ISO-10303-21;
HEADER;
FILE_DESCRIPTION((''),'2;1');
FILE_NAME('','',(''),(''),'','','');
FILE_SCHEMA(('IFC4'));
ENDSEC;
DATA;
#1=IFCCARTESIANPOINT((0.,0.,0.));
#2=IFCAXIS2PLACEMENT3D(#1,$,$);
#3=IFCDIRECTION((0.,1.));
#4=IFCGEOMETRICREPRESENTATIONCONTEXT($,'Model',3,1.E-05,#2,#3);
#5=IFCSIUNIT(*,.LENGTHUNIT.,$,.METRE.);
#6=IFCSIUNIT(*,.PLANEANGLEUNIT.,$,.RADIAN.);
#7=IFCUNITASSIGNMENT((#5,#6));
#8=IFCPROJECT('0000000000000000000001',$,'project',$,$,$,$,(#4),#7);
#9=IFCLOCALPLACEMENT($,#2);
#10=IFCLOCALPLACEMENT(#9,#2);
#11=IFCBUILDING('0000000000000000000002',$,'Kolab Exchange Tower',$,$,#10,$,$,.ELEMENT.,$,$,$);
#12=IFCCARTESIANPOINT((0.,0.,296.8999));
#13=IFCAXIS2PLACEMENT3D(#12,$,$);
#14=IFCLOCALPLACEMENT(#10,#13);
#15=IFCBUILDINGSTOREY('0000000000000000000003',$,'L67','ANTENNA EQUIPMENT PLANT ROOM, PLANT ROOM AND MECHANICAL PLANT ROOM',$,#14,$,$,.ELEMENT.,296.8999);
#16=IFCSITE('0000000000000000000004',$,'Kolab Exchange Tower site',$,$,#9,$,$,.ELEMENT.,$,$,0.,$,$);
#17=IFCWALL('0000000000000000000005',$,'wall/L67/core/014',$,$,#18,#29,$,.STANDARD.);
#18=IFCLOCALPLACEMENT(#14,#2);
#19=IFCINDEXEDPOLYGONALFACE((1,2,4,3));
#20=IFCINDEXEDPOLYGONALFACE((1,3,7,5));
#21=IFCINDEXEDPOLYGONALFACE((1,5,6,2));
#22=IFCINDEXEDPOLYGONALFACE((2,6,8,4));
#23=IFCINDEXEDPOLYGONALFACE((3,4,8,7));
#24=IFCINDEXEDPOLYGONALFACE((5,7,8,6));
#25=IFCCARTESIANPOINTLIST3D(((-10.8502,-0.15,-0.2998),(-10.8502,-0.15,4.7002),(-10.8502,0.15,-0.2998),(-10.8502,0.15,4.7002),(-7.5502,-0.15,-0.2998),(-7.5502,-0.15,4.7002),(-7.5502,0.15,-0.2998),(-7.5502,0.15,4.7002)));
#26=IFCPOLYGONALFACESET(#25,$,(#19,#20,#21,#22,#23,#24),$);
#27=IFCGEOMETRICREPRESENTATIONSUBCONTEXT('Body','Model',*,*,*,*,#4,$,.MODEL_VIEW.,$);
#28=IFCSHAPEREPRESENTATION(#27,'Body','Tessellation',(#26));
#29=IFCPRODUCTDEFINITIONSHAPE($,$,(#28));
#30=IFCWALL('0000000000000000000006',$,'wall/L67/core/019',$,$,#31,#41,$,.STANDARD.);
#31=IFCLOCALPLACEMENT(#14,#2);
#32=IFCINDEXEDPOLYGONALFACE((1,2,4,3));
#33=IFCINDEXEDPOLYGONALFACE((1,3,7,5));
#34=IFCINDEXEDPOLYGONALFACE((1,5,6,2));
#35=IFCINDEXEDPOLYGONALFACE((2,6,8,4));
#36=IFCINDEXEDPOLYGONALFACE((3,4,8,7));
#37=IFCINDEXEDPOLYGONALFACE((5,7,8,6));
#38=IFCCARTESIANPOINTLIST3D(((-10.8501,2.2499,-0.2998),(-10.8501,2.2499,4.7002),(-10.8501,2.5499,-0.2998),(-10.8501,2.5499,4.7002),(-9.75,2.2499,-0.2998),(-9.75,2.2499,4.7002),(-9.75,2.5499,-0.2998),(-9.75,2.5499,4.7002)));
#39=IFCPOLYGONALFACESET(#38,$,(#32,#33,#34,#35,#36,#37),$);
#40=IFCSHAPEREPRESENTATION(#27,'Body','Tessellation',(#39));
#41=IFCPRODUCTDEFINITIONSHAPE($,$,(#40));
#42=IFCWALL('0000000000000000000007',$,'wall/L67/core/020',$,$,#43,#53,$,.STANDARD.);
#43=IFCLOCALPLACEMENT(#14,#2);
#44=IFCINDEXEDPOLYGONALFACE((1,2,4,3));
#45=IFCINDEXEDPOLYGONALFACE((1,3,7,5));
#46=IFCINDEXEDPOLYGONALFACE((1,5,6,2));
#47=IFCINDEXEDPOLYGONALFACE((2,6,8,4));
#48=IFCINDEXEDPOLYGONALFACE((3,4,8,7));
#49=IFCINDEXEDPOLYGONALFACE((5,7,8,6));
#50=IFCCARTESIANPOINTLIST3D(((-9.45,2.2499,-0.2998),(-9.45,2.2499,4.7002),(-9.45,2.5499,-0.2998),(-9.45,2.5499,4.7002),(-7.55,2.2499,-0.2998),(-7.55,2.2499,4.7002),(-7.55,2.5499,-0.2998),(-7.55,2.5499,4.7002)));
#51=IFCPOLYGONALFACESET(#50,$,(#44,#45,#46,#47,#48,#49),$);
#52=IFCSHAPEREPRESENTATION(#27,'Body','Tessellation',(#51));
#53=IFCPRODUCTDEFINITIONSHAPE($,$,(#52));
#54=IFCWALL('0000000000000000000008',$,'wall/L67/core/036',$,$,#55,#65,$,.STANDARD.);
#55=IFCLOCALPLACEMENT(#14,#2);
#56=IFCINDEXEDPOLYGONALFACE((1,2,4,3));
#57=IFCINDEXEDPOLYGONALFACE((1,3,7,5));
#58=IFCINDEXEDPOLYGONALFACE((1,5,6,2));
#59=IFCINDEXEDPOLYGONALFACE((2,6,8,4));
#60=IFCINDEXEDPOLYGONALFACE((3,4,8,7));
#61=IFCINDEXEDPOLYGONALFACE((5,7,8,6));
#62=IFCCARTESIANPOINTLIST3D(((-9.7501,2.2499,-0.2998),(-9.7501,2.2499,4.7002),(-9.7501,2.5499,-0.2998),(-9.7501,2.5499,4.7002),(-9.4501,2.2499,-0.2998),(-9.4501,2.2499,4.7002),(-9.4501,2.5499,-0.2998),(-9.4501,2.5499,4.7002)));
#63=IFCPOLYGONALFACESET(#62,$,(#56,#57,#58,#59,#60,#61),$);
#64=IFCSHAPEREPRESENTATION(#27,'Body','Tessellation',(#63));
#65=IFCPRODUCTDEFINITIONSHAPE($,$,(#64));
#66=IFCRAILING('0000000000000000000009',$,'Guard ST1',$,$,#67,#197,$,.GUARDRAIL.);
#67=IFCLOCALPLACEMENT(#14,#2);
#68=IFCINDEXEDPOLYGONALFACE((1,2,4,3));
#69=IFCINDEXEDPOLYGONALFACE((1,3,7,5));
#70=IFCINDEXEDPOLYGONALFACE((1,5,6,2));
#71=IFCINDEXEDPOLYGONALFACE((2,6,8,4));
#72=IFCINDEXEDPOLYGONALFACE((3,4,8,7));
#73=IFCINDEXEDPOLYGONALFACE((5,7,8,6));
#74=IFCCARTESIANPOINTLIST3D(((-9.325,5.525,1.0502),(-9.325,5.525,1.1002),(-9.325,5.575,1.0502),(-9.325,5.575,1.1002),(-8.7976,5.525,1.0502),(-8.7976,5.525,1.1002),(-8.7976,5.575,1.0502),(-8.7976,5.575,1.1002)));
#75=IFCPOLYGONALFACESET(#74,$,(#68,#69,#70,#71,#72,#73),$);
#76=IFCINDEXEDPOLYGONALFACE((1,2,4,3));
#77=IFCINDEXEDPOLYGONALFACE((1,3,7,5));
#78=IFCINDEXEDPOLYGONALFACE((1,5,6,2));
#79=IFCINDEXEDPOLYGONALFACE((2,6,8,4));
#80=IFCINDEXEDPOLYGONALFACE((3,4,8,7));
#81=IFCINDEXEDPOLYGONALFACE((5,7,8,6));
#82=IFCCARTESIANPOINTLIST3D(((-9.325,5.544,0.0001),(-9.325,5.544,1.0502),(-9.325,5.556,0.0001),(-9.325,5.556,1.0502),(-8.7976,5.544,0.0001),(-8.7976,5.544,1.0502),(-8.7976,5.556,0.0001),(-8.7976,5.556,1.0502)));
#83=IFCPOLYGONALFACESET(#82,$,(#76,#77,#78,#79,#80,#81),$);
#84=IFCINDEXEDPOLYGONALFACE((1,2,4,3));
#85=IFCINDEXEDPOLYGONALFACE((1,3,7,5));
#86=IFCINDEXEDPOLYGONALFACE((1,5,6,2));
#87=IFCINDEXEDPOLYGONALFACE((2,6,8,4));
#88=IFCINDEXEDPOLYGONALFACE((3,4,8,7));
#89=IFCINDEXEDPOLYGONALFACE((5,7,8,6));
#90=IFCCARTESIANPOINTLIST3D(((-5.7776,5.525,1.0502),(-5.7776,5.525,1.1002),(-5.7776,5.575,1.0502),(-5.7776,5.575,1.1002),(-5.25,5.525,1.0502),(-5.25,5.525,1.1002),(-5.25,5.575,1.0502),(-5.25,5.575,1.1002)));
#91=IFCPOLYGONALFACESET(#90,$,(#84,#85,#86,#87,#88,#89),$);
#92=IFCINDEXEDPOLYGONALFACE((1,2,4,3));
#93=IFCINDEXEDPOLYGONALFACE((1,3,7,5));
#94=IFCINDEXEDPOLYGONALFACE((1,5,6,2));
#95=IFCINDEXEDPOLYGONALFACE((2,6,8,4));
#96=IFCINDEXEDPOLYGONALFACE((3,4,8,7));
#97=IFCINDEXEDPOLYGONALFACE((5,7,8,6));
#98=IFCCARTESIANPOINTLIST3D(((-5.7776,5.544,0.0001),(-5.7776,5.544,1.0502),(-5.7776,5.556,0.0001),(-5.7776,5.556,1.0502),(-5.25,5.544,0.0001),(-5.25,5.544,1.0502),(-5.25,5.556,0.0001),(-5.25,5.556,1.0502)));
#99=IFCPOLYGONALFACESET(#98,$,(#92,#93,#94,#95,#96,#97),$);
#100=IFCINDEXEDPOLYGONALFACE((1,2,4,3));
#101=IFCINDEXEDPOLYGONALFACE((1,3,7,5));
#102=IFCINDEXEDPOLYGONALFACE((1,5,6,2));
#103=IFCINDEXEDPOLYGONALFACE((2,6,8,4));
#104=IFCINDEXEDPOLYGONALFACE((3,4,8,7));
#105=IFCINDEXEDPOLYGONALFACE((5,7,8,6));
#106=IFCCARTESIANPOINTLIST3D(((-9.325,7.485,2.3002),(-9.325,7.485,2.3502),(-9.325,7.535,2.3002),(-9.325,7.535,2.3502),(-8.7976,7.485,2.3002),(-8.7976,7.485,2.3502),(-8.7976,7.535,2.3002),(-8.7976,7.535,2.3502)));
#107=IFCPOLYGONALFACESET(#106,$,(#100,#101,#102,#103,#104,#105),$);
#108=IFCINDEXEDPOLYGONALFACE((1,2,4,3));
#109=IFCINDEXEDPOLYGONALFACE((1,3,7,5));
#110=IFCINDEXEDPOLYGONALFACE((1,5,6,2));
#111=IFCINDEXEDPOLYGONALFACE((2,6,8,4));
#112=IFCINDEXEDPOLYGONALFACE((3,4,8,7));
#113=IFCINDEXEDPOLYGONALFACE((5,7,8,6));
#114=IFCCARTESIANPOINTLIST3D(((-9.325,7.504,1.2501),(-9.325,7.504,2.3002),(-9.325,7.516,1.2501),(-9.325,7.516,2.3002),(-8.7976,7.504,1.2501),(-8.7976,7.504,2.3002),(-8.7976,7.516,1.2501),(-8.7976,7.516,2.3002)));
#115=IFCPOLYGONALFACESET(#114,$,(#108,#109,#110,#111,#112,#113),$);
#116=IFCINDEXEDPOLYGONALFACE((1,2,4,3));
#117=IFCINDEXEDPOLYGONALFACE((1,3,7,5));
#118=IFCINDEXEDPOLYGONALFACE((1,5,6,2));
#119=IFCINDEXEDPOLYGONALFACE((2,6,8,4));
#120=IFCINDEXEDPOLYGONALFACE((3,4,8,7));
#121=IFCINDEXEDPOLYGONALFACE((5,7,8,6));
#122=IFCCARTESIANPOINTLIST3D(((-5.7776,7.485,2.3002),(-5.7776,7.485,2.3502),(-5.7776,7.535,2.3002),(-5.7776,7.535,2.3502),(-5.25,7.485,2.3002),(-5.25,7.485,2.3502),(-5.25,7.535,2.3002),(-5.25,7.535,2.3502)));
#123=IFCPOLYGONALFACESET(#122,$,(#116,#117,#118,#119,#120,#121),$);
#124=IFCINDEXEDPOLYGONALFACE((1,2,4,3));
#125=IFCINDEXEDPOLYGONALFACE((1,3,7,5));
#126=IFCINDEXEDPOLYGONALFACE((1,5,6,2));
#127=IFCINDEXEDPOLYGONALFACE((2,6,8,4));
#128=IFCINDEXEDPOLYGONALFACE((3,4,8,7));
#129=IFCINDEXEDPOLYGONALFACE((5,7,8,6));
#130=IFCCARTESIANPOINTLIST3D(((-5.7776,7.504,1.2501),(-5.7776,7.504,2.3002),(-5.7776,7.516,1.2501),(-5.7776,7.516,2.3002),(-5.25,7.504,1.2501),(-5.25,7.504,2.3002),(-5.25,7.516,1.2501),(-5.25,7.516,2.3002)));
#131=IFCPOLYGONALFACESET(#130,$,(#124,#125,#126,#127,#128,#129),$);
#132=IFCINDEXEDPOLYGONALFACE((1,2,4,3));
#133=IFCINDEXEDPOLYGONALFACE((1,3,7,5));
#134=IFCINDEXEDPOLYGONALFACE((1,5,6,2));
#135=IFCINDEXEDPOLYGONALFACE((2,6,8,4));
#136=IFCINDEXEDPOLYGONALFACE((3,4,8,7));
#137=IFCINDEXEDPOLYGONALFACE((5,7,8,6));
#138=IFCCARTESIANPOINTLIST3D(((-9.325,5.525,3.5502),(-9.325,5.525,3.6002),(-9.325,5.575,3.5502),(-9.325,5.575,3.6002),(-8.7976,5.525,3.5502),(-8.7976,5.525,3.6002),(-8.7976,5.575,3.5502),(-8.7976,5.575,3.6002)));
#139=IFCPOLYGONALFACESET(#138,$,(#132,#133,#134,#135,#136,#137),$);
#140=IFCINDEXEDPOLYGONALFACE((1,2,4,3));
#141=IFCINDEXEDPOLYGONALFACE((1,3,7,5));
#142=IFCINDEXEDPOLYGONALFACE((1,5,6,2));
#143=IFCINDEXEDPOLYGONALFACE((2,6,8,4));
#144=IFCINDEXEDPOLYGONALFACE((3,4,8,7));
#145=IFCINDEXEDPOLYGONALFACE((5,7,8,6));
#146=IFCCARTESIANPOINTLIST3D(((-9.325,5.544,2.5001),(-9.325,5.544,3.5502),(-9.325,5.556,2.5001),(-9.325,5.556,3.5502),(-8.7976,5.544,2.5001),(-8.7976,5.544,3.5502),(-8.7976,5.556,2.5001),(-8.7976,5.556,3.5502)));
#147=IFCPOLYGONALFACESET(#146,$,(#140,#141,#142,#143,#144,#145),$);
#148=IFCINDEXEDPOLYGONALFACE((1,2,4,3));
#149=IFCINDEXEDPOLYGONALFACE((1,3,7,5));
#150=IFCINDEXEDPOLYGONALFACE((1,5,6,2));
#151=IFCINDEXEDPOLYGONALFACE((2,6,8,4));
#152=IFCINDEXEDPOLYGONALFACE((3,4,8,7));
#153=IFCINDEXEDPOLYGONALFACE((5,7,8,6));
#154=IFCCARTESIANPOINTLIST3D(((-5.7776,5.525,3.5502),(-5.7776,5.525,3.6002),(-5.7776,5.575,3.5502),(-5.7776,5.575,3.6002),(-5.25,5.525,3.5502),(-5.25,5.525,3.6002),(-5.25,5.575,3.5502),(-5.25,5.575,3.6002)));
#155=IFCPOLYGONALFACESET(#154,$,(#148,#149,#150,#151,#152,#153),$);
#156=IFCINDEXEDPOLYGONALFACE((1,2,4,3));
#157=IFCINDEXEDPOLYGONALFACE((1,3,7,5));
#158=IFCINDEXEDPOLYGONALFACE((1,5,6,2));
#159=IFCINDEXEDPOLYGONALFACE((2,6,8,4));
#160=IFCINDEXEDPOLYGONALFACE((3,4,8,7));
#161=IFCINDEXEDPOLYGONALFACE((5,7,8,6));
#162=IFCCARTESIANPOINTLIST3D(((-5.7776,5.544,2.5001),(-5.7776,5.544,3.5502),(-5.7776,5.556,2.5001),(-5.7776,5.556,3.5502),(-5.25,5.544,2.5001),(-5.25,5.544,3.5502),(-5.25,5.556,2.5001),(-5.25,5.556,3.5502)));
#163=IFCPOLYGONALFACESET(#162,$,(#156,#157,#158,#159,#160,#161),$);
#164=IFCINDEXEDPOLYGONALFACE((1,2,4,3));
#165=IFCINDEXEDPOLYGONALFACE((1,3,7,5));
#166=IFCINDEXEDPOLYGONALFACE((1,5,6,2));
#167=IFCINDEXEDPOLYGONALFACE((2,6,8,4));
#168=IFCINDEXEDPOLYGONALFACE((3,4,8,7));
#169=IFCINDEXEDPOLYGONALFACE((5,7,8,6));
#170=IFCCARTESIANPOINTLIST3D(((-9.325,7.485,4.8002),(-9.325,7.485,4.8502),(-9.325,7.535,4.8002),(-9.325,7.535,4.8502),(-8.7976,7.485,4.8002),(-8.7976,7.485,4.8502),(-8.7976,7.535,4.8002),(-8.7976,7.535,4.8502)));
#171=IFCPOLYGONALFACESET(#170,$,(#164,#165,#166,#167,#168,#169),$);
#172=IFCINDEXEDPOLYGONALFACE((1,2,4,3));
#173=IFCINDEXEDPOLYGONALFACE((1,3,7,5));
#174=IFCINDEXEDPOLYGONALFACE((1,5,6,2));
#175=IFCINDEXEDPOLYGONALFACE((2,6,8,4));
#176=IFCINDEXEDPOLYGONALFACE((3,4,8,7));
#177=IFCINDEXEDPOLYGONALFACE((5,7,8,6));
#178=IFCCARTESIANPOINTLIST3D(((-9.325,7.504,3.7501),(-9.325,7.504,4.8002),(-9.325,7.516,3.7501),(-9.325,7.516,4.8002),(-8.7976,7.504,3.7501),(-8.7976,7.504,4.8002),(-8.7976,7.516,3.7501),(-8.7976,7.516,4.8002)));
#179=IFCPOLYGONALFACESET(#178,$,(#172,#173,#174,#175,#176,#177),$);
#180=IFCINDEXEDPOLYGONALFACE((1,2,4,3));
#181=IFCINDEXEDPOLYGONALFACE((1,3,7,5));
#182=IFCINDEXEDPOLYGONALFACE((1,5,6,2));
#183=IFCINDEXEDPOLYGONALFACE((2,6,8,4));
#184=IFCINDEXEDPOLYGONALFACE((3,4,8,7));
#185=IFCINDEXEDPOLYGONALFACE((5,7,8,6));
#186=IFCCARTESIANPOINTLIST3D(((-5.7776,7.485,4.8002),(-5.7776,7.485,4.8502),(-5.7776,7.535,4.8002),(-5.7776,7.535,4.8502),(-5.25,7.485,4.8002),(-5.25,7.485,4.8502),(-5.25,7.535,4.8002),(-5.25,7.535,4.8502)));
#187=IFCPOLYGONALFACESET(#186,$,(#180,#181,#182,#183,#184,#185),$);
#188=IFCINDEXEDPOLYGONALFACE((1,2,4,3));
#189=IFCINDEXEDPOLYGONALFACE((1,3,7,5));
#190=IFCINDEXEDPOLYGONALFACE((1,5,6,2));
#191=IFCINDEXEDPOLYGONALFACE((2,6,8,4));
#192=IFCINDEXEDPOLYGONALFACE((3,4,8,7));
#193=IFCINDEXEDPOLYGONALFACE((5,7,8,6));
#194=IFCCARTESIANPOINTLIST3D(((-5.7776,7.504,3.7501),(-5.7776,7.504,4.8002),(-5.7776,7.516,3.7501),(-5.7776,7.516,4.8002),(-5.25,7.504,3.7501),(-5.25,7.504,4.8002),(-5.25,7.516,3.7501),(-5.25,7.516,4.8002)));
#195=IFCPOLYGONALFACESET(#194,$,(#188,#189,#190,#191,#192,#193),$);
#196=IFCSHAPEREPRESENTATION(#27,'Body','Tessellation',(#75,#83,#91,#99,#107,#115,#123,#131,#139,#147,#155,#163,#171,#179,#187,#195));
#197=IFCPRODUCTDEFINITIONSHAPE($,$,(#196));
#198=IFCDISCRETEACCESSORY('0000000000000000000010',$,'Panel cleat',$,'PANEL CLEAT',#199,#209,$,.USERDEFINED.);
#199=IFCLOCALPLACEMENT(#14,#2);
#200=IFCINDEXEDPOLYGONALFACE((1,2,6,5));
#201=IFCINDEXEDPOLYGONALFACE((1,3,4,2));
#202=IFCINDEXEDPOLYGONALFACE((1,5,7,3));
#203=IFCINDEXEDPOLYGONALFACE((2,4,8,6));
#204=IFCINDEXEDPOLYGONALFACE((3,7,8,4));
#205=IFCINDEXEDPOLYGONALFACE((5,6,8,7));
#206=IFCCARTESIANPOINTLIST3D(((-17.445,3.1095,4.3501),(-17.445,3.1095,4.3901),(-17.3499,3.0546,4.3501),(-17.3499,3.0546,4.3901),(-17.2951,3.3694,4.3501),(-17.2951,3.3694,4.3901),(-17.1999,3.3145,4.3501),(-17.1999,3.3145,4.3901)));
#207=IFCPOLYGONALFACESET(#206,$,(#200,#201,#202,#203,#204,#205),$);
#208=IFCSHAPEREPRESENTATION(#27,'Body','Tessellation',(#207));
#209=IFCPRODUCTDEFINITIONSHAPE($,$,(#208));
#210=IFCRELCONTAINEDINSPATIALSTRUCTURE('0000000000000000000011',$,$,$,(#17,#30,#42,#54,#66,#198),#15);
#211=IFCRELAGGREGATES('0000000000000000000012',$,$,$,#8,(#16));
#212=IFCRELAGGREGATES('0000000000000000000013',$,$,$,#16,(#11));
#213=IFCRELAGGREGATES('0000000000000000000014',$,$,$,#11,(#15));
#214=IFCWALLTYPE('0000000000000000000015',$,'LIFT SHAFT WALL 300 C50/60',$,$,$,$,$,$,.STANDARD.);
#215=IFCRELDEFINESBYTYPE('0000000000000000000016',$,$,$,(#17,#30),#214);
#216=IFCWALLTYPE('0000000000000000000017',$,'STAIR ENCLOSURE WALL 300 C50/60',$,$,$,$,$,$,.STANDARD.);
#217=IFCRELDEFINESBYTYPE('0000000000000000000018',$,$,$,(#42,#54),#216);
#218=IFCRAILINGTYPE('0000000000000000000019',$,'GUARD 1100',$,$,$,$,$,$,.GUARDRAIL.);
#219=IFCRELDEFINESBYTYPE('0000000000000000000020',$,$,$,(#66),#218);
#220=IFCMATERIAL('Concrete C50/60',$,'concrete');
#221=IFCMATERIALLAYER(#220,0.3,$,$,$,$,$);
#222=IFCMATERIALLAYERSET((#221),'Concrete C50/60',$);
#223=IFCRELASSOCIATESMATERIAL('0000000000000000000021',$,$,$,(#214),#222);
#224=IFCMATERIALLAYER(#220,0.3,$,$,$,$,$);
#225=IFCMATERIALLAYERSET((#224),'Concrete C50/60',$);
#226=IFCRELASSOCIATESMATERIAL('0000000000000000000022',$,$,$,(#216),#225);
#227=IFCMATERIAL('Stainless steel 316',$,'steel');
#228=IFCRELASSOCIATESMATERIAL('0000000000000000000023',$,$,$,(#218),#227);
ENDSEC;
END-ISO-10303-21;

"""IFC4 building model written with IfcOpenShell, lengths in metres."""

from ifc_helpers import new_model, si_unit, direction, frame, frame_2d, origin, origin_2d, place, context, subcontext, project, spatial, rectangle, extrude, material, layer, layer_set, type_object, element, save


model = new_model("IFC4")

# Units and contexts
model_context = context("Model", 3, precision=1e-05, world=origin(), true_north=direction((0.0, 1.0)))
body_context = subcontext(model_context, "Body", "Model", "MODEL_VIEW")
ifc_project = project(units=[si_unit("LENGTHUNIT", "METRE"), si_unit("PLANEANGLEUNIT", "RADIAN")], contexts=[model_context])

# Site, building, storey
site_placement = place(None, origin())
site = spatial("IfcSite", under=ifc_project, at=site_placement, Name="Kolab Exchange Tower site", CompositionType="ELEMENT", RefElevation=0.0)
building_placement = place(site_placement, origin())
building = spatial("IfcBuilding", under=site, at=building_placement, Name="Kolab Exchange Tower", CompositionType="ELEMENT")
storey_placement = place(building_placement, frame((0.0, 0.0, 296.8999)))
storey = spatial("IfcBuildingStorey", under=building, at=storey_placement, Name="L67", Description="ANTENNA EQUIPMENT PLANT ROOM, PLANT ROOM AND MECHANICAL PLANT ROOM", CompositionType="ELEMENT", Elevation=296.8999)

# Shared definitions
ifc_material_1 = material(Name="Concrete C50/60", Category="concrete")

# Walls
ifc_layer_1 = layer(ifc_material_1, 0.3)
ifc_layer_set_1 = layer_set([ifc_layer_1], Name="Concrete C50/60")
wall_type_1 = type_object("IfcWallType", Name="LIFT SHAFT WALL 300 C50/60", PredefinedType="STANDARD", material=ifc_layer_set_1)
wall_1_placement = place(storey_placement, frame((-10.8501, 0.0, -0.2998), z_axis=(0.0, 0.0, 1.0), x_axis=(1.0, 0.0, 0.0)))
element("IfcWall", 1, at=wall_1_placement, inside=storey, type_object=wall_type_1, Name="wall/L67/core/014", PredefinedType="STANDARD", context=body_context, shape_type="SweptSolid", body=[
    extrude(rectangle(XDim=3.3, YDim=0.3, at=frame_2d((1.6499, 0.0))), origin(), (0.0, 0.0, 1.0), 5.0),
])
wall_2_placement = place(storey_placement, frame((-10.8501, 2.3999, -0.2998), z_axis=(0.0, 0.0, 1.0), x_axis=(1.0, 0.0, 0.0)))
element("IfcWall", 2, at=wall_2_placement, inside=storey, type_object=wall_type_1, Name="wall/L67/core/019", PredefinedType="STANDARD", context=body_context, shape_type="SweptSolid", body=[
    extrude(rectangle(XDim=1.1001, YDim=0.3, at=frame_2d((0.55, 0.0))), origin(), (0.0, 0.0, 1.0), 5.0),
])
ifc_layer_2 = layer(ifc_material_1, 0.3)
ifc_layer_set_2 = layer_set([ifc_layer_2], Name="Concrete C50/60")
wall_type_2 = type_object("IfcWallType", Name="STAIR ENCLOSURE WALL 300 C50/60", PredefinedType="STANDARD", material=ifc_layer_set_2)
wall_3_placement = place(storey_placement, frame((-9.45, 2.3999, -0.2998), z_axis=(0.0, 0.0, 1.0), x_axis=(1.0, 0.0, 0.0)))
element("IfcWall", 3, at=wall_3_placement, inside=storey, type_object=wall_type_2, Name="wall/L67/core/020", PredefinedType="STANDARD", context=body_context, shape_type="SweptSolid", body=[
    extrude(rectangle(XDim=1.8999, YDim=0.3, at=frame_2d((0.95, 0.0))), origin(), (0.0, 0.0, 1.0), 5.0),
])
wall_4_placement = place(storey_placement, frame((-9.6001, 2.25, -0.2998), z_axis=(0.0, 0.0, 1.0), x_axis=(0.0, 1.0, 0.0)))
element("IfcWall", 4, at=wall_4_placement, inside=storey, type_object=wall_type_2, Name="wall/L67/core/036", PredefinedType="STANDARD", context=body_context, shape_type="SweptSolid", body=[
    extrude(rectangle(XDim=0.3, YDim=0.3, at=frame_2d((0.1499, 0.0))), origin(), (0.0, 0.0, 1.0), 5.0),
])

# Railing
ifc_material_2 = material(Name="Stainless steel 316", Category="steel")
railing_type = type_object("IfcRailingType", Name="GUARD 1100", PredefinedType="GUARDRAIL", material=ifc_material_2)
railing_placement = place(storey_placement, frame((-9.325, 5.55, 0.0)))
element("IfcRailing", 5, at=railing_placement, inside=storey, type_object=railing_type, Name="Guard ST1", PredefinedType="GUARDRAIL", context=body_context, shape_type="SweptSolid", body=[
    extrude(rectangle(XDim=0.05, YDim=0.05, at=origin_2d()), frame((0.0, 0.0, 1.0752), z_axis=(1.0, 0.0, 0.0), x_axis=(0.0, 1.0, 0.0)), (0.0, 0.0, 1.0), 0.5273),
    extrude(rectangle(XDim=0.012, YDim=1.0501, at=frame_2d((0.0, 0.5251))), frame((0.0, 0.0, 0.0), z_axis=(1.0, 0.0, 0.0), x_axis=(0.0, 1.0, 0.0)), (0.0, 0.0, 1.0), 0.5273),
    extrude(rectangle(XDim=0.05, YDim=0.05, at=origin_2d()), frame((3.5474, 0.0, 1.0752), z_axis=(1.0, 0.0, 0.0), x_axis=(0.0, 1.0, 0.0)), (0.0, 0.0, 1.0), 0.5276),
    extrude(rectangle(XDim=0.012, YDim=1.0501, at=frame_2d((0.0, 0.5251))), frame((3.5474, 0.0, 0.0), z_axis=(1.0, 0.0, 0.0), x_axis=(0.0, 1.0, 0.0)), (0.0, 0.0, 1.0), 0.5276),
    extrude(rectangle(XDim=0.05, YDim=0.05, at=origin_2d()), frame((0.0, 1.96, 2.3252), z_axis=(1.0, 0.0, 0.0), x_axis=(0.0, 1.0, 0.0)), (0.0, 0.0, 1.0), 0.5273),
    extrude(rectangle(XDim=0.012, YDim=1.0501, at=frame_2d((0.0, 0.5251))), frame((0.0, 1.96, 1.25), z_axis=(1.0, 0.0, 0.0), x_axis=(0.0, 1.0, 0.0)), (0.0, 0.0, 1.0), 0.5273),
    extrude(rectangle(XDim=0.05, YDim=0.05, at=origin_2d()), frame((3.5474, 1.96, 2.3252), z_axis=(1.0, 0.0, 0.0), x_axis=(0.0, 1.0, 0.0)), (0.0, 0.0, 1.0), 0.5276),
    extrude(rectangle(XDim=0.012, YDim=1.0501, at=frame_2d((0.0, 0.5251))), frame((3.5474, 1.96, 1.25), z_axis=(1.0, 0.0, 0.0), x_axis=(0.0, 1.0, 0.0)), (0.0, 0.0, 1.0), 0.5276),
    extrude(rectangle(XDim=0.05, YDim=0.05, at=origin_2d()), frame((0.0, 0.0, 3.5752), z_axis=(1.0, 0.0, 0.0), x_axis=(0.0, 1.0, 0.0)), (0.0, 0.0, 1.0), 0.5273),
    extrude(rectangle(XDim=0.012, YDim=1.0501, at=frame_2d((0.0, 0.5251))), frame((0.0, 0.0, 2.5), z_axis=(1.0, 0.0, 0.0), x_axis=(0.0, 1.0, 0.0)), (0.0, 0.0, 1.0), 0.5273),
    extrude(rectangle(XDim=0.05, YDim=0.05, at=origin_2d()), frame((3.5474, 0.0, 3.5752), z_axis=(1.0, 0.0, 0.0), x_axis=(0.0, 1.0, 0.0)), (0.0, 0.0, 1.0), 0.5276),
    extrude(rectangle(XDim=0.012, YDim=1.0501, at=frame_2d((0.0, 0.5251))), frame((3.5474, 0.0, 2.5), z_axis=(1.0, 0.0, 0.0), x_axis=(0.0, 1.0, 0.0)), (0.0, 0.0, 1.0), 0.5276),
    extrude(rectangle(XDim=0.05, YDim=0.05, at=origin_2d()), frame((0.0, 1.96, 4.8252), z_axis=(1.0, 0.0, 0.0), x_axis=(0.0, 1.0, 0.0)), (0.0, 0.0, 1.0), 0.5273),
    extrude(rectangle(XDim=0.012, YDim=1.0501, at=frame_2d((0.0, 0.5251))), frame((0.0, 1.96, 3.75), z_axis=(1.0, 0.0, 0.0), x_axis=(0.0, 1.0, 0.0)), (0.0, 0.0, 1.0), 0.5273),
    extrude(rectangle(XDim=0.05, YDim=0.05, at=origin_2d()), frame((3.5474, 1.96, 4.8252), z_axis=(1.0, 0.0, 0.0), x_axis=(0.0, 1.0, 0.0)), (0.0, 0.0, 1.0), 0.5276),
    extrude(rectangle(XDim=0.012, YDim=1.0501, at=frame_2d((0.0, 0.5251))), frame((3.5474, 1.96, 3.75), z_axis=(1.0, 0.0, 0.0), x_axis=(0.0, 1.0, 0.0)), (0.0, 0.0, 1.0), 0.5276),
])

# Discrete accessory
discrete_accessory_1_placement = place(storey_placement, frame((-17.2749, 3.1846, 4.3701), z_axis=(-0.866186, 0.499722, 0.0), x_axis=(-0.499722, -0.866186, 0.0)))
element("IfcDiscreteAccessory", 6, at=discrete_accessory_1_placement, inside=storey, Name="Panel cleat", ObjectType="PANEL CLEAT", PredefinedType="USERDEFINED", context=body_context, shape_type="SweptSolid", body=[
    extrude(rectangle(XDim=0.3, YDim=0.04, at=origin_2d()), origin(), (0.0, 0.0, 1.0), 0.1099),
])

save(model, "model.ifc")
